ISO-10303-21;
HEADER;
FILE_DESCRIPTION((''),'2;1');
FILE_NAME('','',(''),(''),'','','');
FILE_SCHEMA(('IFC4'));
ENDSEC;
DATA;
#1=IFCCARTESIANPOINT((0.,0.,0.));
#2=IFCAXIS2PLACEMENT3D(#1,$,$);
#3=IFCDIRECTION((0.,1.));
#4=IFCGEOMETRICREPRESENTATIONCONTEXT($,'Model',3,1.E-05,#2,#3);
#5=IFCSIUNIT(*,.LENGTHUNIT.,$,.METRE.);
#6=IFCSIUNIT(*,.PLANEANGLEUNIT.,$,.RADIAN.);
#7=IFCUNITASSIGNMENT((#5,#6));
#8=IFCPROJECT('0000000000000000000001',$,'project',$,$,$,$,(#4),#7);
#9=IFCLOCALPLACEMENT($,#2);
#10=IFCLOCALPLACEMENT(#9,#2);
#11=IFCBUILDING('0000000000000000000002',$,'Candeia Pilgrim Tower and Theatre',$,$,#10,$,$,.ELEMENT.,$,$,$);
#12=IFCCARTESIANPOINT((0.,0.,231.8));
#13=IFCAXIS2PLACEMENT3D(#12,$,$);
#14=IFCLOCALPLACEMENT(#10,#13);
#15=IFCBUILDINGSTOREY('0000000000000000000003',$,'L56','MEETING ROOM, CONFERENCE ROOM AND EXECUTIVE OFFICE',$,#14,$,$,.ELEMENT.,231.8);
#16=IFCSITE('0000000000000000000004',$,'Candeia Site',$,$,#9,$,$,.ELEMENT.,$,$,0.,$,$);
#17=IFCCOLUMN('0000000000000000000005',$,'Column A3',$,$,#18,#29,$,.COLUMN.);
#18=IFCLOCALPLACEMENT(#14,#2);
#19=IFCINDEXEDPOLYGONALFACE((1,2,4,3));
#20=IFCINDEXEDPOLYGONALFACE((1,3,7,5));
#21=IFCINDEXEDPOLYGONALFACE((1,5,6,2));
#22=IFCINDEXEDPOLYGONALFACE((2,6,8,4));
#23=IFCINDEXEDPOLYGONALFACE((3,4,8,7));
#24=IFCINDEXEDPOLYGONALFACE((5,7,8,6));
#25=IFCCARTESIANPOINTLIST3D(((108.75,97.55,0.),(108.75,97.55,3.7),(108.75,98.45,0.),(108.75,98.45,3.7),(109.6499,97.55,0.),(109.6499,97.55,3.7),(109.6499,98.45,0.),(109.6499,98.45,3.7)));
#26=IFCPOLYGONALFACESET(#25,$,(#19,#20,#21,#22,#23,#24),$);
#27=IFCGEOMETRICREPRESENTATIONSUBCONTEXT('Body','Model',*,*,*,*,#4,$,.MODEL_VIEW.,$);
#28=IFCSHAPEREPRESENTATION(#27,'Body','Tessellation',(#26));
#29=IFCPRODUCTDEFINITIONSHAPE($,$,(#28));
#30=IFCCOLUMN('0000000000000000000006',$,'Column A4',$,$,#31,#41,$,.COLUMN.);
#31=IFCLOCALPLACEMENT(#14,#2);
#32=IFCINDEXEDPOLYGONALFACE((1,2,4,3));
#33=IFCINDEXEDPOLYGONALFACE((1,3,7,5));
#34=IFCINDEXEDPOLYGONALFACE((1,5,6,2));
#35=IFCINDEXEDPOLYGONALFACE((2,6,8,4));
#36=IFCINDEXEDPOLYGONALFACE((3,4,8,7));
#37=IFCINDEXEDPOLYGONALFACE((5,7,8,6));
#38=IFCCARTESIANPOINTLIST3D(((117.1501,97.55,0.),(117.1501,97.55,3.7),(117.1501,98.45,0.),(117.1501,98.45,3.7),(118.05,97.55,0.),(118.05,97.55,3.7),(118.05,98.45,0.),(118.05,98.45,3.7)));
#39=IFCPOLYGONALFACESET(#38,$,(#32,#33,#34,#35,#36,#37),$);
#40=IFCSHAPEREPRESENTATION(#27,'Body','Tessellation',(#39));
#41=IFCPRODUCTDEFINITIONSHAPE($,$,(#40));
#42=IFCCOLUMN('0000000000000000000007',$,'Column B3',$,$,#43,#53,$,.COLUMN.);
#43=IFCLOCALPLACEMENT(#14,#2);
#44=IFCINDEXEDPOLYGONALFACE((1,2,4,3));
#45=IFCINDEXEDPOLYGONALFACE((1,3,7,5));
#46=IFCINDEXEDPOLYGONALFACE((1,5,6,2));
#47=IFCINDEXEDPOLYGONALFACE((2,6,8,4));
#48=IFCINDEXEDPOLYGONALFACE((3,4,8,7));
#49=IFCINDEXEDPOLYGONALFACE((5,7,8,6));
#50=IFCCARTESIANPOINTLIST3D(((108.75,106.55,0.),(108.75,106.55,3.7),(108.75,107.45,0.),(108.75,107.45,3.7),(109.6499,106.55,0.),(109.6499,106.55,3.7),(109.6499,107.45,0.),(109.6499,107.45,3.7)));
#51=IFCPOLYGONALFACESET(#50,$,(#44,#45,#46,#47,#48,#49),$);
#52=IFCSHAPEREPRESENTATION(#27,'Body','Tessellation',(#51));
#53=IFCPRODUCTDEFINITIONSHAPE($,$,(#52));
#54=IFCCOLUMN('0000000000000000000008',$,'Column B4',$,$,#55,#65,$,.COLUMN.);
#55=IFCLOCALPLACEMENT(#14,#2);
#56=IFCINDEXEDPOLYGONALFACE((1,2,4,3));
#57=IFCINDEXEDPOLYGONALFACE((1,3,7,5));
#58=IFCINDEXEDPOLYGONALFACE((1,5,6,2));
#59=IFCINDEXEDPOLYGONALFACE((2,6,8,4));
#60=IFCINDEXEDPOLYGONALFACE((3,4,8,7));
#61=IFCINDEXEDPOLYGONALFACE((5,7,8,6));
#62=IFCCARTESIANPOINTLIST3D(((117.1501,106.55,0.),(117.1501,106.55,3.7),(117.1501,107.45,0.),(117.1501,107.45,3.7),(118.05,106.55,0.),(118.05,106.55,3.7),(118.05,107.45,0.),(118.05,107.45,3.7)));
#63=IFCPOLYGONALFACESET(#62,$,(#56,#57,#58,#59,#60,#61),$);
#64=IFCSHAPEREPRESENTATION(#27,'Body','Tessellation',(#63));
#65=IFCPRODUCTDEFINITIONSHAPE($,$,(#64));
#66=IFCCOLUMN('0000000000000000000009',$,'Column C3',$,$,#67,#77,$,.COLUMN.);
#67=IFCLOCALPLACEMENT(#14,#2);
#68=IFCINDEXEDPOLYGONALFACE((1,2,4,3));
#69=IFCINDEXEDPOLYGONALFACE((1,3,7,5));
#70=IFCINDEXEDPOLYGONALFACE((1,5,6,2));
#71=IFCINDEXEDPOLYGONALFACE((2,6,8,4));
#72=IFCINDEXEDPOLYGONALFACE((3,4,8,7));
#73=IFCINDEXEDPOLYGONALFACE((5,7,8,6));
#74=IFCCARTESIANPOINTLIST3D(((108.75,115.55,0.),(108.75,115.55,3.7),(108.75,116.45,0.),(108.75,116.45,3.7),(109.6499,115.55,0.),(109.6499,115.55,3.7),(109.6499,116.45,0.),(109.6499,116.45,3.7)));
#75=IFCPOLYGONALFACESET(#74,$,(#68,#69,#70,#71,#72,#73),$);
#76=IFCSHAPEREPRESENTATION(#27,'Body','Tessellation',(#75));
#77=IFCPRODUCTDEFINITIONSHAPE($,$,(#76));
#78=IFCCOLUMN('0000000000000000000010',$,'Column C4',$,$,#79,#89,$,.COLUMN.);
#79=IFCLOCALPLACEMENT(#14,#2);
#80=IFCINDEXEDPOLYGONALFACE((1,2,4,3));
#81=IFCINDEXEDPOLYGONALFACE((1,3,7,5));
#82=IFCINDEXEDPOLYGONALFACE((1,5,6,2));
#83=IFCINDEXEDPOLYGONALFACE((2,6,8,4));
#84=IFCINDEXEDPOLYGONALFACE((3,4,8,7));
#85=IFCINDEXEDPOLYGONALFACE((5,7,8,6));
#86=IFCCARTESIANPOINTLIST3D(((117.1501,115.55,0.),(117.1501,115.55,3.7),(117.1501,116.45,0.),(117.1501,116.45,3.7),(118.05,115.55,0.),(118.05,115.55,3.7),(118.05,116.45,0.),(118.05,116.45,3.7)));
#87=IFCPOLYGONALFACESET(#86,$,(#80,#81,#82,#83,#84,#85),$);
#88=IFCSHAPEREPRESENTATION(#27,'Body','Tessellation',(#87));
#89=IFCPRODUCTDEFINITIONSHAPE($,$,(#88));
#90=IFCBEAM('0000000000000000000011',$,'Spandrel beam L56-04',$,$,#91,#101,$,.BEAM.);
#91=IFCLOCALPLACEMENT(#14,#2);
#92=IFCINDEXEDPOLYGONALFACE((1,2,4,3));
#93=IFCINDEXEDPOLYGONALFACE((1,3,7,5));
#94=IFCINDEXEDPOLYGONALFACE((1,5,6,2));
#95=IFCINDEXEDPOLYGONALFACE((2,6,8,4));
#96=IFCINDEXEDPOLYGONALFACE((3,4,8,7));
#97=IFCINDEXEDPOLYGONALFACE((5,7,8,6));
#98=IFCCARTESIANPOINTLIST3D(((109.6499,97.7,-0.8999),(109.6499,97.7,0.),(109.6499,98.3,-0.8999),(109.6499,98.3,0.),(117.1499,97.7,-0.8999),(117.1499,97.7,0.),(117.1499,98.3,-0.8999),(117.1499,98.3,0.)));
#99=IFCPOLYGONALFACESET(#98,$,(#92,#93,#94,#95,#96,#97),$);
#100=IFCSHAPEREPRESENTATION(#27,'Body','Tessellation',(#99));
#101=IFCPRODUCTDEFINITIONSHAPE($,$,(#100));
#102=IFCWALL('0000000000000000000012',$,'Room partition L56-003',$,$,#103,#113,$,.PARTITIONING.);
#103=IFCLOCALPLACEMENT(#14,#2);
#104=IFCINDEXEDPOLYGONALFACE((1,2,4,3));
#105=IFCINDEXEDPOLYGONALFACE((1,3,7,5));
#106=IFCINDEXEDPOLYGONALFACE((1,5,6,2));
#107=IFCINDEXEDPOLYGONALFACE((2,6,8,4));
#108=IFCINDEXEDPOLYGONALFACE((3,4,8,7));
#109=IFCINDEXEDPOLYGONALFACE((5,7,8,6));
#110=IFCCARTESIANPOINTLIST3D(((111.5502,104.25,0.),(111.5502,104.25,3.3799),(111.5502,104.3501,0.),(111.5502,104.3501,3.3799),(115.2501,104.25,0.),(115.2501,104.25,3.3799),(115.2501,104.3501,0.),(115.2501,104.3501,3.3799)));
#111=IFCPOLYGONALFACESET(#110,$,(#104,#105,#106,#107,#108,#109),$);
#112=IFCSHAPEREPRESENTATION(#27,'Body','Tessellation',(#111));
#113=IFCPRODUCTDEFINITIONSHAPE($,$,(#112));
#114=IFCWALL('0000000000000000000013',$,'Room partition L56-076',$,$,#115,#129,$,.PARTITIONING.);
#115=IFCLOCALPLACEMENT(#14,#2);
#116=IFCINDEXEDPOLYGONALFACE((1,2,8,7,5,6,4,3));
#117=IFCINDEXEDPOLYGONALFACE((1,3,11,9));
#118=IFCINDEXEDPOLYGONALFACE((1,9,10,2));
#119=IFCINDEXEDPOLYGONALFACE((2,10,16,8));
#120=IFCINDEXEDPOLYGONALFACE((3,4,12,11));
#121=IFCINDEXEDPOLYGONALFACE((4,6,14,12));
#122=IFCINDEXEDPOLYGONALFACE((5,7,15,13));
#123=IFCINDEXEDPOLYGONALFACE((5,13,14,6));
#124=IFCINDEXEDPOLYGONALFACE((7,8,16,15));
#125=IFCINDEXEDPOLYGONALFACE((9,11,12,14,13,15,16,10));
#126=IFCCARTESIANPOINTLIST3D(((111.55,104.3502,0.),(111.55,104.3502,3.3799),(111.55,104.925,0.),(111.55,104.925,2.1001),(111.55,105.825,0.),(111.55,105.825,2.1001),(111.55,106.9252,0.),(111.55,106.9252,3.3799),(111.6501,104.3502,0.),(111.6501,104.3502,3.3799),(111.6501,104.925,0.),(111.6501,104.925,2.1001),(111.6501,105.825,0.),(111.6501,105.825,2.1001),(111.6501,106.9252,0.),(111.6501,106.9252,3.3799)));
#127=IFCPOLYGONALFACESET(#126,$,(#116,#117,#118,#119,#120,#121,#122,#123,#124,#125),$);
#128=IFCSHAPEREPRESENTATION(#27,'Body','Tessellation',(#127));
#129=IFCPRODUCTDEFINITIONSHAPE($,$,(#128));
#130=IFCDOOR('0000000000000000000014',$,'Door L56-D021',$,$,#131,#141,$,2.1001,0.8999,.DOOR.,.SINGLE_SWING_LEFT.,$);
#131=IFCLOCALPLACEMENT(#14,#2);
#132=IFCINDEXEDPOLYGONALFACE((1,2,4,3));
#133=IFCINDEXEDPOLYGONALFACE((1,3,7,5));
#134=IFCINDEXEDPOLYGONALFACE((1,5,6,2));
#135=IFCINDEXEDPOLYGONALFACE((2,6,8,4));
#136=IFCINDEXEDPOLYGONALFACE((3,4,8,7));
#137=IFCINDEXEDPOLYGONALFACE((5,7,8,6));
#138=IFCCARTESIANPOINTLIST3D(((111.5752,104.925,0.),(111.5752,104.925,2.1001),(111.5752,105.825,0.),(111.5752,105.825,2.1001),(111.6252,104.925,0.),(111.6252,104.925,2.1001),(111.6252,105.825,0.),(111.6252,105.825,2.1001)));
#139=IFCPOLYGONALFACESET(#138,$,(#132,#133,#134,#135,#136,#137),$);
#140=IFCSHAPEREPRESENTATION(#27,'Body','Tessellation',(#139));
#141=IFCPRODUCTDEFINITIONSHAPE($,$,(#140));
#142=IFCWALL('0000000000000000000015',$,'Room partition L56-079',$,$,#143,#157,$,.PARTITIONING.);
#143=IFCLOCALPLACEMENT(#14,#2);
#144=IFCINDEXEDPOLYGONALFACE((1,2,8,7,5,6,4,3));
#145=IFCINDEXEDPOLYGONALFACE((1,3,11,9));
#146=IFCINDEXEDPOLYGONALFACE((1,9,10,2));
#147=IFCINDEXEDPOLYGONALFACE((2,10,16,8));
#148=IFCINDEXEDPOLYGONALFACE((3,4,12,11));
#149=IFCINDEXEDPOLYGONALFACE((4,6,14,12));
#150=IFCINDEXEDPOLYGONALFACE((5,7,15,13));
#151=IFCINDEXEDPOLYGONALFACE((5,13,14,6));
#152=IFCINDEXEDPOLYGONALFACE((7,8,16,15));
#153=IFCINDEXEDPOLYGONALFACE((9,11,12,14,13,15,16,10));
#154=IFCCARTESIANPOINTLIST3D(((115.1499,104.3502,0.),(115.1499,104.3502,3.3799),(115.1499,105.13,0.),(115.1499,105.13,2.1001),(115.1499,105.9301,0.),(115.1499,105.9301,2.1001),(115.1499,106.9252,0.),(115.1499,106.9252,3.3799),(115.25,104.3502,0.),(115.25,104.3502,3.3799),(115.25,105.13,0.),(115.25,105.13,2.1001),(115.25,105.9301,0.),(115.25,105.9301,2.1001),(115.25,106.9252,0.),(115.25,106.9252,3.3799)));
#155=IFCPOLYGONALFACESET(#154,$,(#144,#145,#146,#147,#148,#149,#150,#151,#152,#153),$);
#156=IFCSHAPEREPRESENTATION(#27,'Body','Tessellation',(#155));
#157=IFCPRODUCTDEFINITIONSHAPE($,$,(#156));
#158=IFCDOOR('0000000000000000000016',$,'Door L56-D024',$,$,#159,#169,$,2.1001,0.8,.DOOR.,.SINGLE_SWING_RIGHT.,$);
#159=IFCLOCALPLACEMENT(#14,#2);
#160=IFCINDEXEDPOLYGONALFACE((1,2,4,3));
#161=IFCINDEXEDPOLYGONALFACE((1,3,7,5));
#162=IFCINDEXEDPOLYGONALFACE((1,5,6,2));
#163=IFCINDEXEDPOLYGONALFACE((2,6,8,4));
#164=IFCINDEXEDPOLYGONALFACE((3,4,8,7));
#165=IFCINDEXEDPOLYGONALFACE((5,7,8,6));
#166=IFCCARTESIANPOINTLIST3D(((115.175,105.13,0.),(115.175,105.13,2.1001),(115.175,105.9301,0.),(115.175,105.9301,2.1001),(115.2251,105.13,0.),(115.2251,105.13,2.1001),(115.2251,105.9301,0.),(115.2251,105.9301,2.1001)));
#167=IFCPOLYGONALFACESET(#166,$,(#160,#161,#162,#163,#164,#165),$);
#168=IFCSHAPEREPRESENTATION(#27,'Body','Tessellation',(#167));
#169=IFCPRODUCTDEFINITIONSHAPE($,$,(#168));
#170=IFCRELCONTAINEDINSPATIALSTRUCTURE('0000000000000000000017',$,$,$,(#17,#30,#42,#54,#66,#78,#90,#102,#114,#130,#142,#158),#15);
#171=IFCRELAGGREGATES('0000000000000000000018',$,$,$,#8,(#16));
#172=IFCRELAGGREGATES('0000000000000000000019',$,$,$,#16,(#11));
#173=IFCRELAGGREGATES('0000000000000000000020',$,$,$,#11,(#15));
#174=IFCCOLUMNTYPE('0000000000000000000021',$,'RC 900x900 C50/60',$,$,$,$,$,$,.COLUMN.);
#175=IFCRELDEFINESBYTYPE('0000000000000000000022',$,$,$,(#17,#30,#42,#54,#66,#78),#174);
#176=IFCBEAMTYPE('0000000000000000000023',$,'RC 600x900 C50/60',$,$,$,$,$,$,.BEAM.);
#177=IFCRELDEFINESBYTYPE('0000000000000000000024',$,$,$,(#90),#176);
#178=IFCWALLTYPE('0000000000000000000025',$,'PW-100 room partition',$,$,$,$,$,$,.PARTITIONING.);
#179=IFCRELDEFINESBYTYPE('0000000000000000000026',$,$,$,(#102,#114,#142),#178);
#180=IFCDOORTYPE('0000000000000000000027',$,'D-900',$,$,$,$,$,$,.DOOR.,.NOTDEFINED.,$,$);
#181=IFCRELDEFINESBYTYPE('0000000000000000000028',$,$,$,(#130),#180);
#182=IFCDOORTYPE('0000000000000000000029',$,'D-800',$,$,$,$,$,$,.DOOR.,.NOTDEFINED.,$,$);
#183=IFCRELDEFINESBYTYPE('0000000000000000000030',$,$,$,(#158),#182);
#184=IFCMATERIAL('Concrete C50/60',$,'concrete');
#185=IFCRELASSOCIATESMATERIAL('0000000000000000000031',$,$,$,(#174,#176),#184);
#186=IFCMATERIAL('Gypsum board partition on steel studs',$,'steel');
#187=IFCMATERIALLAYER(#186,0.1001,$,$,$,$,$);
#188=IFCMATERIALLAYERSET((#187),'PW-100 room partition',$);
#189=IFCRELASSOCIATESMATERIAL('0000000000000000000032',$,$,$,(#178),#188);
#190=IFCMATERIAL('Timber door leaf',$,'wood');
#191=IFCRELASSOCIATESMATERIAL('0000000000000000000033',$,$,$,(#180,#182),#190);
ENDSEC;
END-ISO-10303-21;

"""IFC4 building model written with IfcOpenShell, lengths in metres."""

from ifc_helpers import new_model, si_unit, direction, frame, frame_2d, origin, origin_2d, place, context, subcontext, project, spatial, rectangle, extrude, material, layer, layer_set, material_profile, profile_set, type_object, element, fill, save


model = new_model("IFC4")

# Units and contexts
model_context = context("Model", 3, precision=1e-05, world=origin(), true_north=direction((0.0, 1.0)))
body_context = subcontext(model_context, "Body", "Model", "MODEL_VIEW")
ifc_project = project(units=[si_unit("LENGTHUNIT", "METRE"), si_unit("PLANEANGLEUNIT", "RADIAN")], contexts=[model_context])

# Site, building, storey
site_placement = place(None, origin())
site = spatial("IfcSite", under=ifc_project, at=site_placement, Name="Candeia Site", CompositionType="ELEMENT", RefElevation=0.0)
building_placement = place(site_placement, origin())
building = spatial("IfcBuilding", under=site, at=building_placement, Name="Candeia Pilgrim Tower and Theatre", CompositionType="ELEMENT")
storey_placement = place(building_placement, frame((0.0, 0.0, 231.8)))
storey = spatial("IfcBuildingStorey", under=building, at=storey_placement, Name="L56", Description="MEETING ROOM, CONFERENCE ROOM AND EXECUTIVE OFFICE", CompositionType="ELEMENT", Elevation=231.8)

# Columns
ifc_material_1 = material(Name="Concrete C50/60", Category="concrete")
ifc_material_profile_1 = material_profile(ifc_material_1, rectangle(XDim=0.8999, YDim=0.8999, at=origin_2d()))
ifc_profile_set_1 = profile_set([ifc_material_profile_1], Name="Concrete C50/60")
column_type = type_object("IfcColumnType", Name="RC 900x900 C50/60", PredefinedType="COLUMN", material=ifc_profile_set_1)
for number, where, z_axis, x_axis, name in (
    (1, (109.2, 98.0, 0.0), (0.0, 0.0, 1.0), (1.0, 0.0, 0.0), "Column A3"),
    (2, (117.6001, 98.0, 0.0), (0.0, 0.0, 1.0), (1.0, 0.0, 0.0), "Column A4"),
    (3, (109.2, 107.0, 0.0), (0.0, 0.0, 1.0), (1.0, 0.0, 0.0), "Column B3"),
    (4, (117.6001, 107.0, 0.0), (0.0, 0.0, 1.0), (1.0, 0.0, 0.0), "Column B4"),
    (5, (109.2, 116.0, 0.0), (0.0, 0.0, 1.0), (1.0, 0.0, 0.0), "Column C3"),
    (6, (117.6001, 116.0, 0.0), (0.0, 0.0, 1.0), (1.0, 0.0, 0.0), "Column C4"),
):
    element("IfcColumn", number, at=place(storey_placement, frame(where, z_axis=z_axis, x_axis=x_axis)), inside=storey, type_object=column_type, Name=name, PredefinedType="COLUMN", context=body_context, shape_type="SweptSolid", body=[
        extrude(rectangle(XDim=0.8999, YDim=0.8999, at=origin_2d()), origin(), (0.0, 0.0, 1.0), 3.7),
    ])

# Beam
ifc_material_profile_2 = material_profile(ifc_material_1, rectangle(XDim=0.6001, YDim=0.8999, at=origin_2d()))
ifc_profile_set_2 = profile_set([ifc_material_profile_2], Name="Concrete C50/60")
beam_type = type_object("IfcBeamType", Name="RC 600x900 C50/60", PredefinedType="BEAM", material=ifc_profile_set_2)
beam_placement = place(storey_placement, frame((109.6499, 98.0, -0.45), z_axis=(1.0, 0.0, 0.0), x_axis=(0.0, 1.0, 0.0)))
element("IfcBeam", 7, at=beam_placement, inside=storey, type_object=beam_type, Name="Spandrel beam L56-04", PredefinedType="BEAM", context=body_context, shape_type="SweptSolid", body=[
    extrude(rectangle(XDim=0.6001, YDim=0.8999, at=origin_2d()), origin(), (0.0, 0.0, 1.0), 7.5),
])

# Wall
ifc_material_2 = material(Name="Gypsum board partition on steel studs", Category="steel")
ifc_layer_1 = layer(ifc_material_2, 0.1001)
ifc_layer_set_1 = layer_set([ifc_layer_1], Name="PW-100 room partition")
wall_type_1 = type_object("IfcWallType", Name="PW-100 room partition", PredefinedType="PARTITIONING", material=ifc_layer_set_1)
wall_1_placement = place(storey_placement, frame((111.55, 104.3, 0.0), z_axis=(0.0, 0.0, 1.0), x_axis=(1.0, 0.0, 0.0)))
element("IfcWall", 8, at=wall_1_placement, inside=storey, type_object=wall_type_1, Name="Room partition L56-003", PredefinedType="PARTITIONING", context=body_context, shape_type="SweptSolid", body=[
    extrude(rectangle(XDim=3.7, YDim=0.1001, at=frame_2d((1.8501, 0.0))), origin(), (0.0, 0.0, 1.0), 3.3799),
])

# Walls, openings, doors
wall_2_placement = place(storey_placement, frame((111.6001, 104.3501, 0.0), z_axis=(0.0, 0.0, 1.0), x_axis=(0.0, 1.0, 0.0)))
wall_2 = element("IfcWall", 9, at=wall_2_placement, inside=storey, type_object=wall_type_1, Name="Room partition L56-076", PredefinedType="PARTITIONING", context=body_context, shape_type="SweptSolid", body=[
    extrude(rectangle(XDim=2.575, YDim=0.1001, at=frame_2d((1.2876, 0.0))), origin(), (0.0, 0.0, 1.0), 3.3799),
])
opening_1_placement = place(wall_2_placement, frame((0.575, 0.0, 0.0)))
opening_1 = element("IfcOpeningElement", 10, at=opening_1_placement, cuts=wall_2, PredefinedType="OPENING", context=body_context, shape_type="SweptSolid", body=[
    extrude(rectangle(XDim=0.8999, YDim=2.1001, at=frame_2d((0.45, 1.05))), frame((0.0, 0.0601, 0.0), z_axis=(0.0, -1.0, 0.0), x_axis=(1.0, 0.0, 0.0)), (0.0, 0.0, 1.0), 0.1201),
])
ifc_material_3 = material(Name="Timber door leaf", Category="wood")
door_type_1 = type_object("IfcDoorType", Name="D-900", OperationType="NOTDEFINED", PredefinedType="DOOR", material=ifc_material_3)
door_1_placement = place(opening_1_placement, origin())
door_1 = element("IfcDoor", 11, at=door_1_placement, inside=storey, type_object=door_type_1, Name="Door L56-D021", OperationType="SINGLE_SWING_LEFT", OverallHeight=2.1001, OverallWidth=0.8999, PredefinedType="DOOR", context=body_context, shape_type="SweptSolid", body=[
    extrude(rectangle(XDim=0.8999, YDim=2.1001, at=frame_2d((0.45, 1.05))), frame((0.0, 0.0249, 0.0), z_axis=(0.0, -1.0, 0.0), x_axis=(1.0, 0.0, 0.0)), (0.0, 0.0, 1.0), 0.05),
])
fill(opening_1, door_1)
wall_3_placement = place(storey_placement, frame((115.2, 104.3501, 0.0), z_axis=(0.0, 0.0, 1.0), x_axis=(0.0, 1.0, 0.0)))
wall_3 = element("IfcWall", 12, at=wall_3_placement, inside=storey, type_object=wall_type_1, Name="Room partition L56-079", PredefinedType="PARTITIONING", context=body_context, shape_type="SweptSolid", body=[
    extrude(rectangle(XDim=2.575, YDim=0.1001, at=frame_2d((1.2876, 0.0))), origin(), (0.0, 0.0, 1.0), 3.3799),
])
opening_2_placement = place(wall_3_placement, frame((0.78, 0.0, 0.0)))
opening_2 = element("IfcOpeningElement", 13, at=opening_2_placement, cuts=wall_3, PredefinedType="OPENING", context=body_context, shape_type="SweptSolid", body=[
    extrude(rectangle(XDim=0.8, YDim=2.1001, at=frame_2d((0.3999, 1.05))), frame((0.0, 0.0601, 0.0), z_axis=(0.0, -1.0, 0.0), x_axis=(1.0, 0.0, 0.0)), (0.0, 0.0, 1.0), 0.1201),
])
door_type_2 = type_object("IfcDoorType", Name="D-800", OperationType="NOTDEFINED", PredefinedType="DOOR", material=ifc_material_3)
door_2_placement = place(opening_2_placement, origin())
door_2 = element("IfcDoor", 14, at=door_2_placement, inside=storey, type_object=door_type_2, Name="Door L56-D024", OperationType="SINGLE_SWING_RIGHT", OverallHeight=2.1001, OverallWidth=0.8, PredefinedType="DOOR", context=body_context, shape_type="SweptSolid", body=[
    extrude(rectangle(XDim=0.8, YDim=2.1001, at=frame_2d((0.3999, 1.05))), frame((0.0, 0.0249, 0.0), z_axis=(0.0, -1.0, 0.0), x_axis=(1.0, 0.0, 0.0)), (0.0, 0.0, 1.0), 0.05),
])
fill(opening_2, door_2)

save(model, "model.ifc")
